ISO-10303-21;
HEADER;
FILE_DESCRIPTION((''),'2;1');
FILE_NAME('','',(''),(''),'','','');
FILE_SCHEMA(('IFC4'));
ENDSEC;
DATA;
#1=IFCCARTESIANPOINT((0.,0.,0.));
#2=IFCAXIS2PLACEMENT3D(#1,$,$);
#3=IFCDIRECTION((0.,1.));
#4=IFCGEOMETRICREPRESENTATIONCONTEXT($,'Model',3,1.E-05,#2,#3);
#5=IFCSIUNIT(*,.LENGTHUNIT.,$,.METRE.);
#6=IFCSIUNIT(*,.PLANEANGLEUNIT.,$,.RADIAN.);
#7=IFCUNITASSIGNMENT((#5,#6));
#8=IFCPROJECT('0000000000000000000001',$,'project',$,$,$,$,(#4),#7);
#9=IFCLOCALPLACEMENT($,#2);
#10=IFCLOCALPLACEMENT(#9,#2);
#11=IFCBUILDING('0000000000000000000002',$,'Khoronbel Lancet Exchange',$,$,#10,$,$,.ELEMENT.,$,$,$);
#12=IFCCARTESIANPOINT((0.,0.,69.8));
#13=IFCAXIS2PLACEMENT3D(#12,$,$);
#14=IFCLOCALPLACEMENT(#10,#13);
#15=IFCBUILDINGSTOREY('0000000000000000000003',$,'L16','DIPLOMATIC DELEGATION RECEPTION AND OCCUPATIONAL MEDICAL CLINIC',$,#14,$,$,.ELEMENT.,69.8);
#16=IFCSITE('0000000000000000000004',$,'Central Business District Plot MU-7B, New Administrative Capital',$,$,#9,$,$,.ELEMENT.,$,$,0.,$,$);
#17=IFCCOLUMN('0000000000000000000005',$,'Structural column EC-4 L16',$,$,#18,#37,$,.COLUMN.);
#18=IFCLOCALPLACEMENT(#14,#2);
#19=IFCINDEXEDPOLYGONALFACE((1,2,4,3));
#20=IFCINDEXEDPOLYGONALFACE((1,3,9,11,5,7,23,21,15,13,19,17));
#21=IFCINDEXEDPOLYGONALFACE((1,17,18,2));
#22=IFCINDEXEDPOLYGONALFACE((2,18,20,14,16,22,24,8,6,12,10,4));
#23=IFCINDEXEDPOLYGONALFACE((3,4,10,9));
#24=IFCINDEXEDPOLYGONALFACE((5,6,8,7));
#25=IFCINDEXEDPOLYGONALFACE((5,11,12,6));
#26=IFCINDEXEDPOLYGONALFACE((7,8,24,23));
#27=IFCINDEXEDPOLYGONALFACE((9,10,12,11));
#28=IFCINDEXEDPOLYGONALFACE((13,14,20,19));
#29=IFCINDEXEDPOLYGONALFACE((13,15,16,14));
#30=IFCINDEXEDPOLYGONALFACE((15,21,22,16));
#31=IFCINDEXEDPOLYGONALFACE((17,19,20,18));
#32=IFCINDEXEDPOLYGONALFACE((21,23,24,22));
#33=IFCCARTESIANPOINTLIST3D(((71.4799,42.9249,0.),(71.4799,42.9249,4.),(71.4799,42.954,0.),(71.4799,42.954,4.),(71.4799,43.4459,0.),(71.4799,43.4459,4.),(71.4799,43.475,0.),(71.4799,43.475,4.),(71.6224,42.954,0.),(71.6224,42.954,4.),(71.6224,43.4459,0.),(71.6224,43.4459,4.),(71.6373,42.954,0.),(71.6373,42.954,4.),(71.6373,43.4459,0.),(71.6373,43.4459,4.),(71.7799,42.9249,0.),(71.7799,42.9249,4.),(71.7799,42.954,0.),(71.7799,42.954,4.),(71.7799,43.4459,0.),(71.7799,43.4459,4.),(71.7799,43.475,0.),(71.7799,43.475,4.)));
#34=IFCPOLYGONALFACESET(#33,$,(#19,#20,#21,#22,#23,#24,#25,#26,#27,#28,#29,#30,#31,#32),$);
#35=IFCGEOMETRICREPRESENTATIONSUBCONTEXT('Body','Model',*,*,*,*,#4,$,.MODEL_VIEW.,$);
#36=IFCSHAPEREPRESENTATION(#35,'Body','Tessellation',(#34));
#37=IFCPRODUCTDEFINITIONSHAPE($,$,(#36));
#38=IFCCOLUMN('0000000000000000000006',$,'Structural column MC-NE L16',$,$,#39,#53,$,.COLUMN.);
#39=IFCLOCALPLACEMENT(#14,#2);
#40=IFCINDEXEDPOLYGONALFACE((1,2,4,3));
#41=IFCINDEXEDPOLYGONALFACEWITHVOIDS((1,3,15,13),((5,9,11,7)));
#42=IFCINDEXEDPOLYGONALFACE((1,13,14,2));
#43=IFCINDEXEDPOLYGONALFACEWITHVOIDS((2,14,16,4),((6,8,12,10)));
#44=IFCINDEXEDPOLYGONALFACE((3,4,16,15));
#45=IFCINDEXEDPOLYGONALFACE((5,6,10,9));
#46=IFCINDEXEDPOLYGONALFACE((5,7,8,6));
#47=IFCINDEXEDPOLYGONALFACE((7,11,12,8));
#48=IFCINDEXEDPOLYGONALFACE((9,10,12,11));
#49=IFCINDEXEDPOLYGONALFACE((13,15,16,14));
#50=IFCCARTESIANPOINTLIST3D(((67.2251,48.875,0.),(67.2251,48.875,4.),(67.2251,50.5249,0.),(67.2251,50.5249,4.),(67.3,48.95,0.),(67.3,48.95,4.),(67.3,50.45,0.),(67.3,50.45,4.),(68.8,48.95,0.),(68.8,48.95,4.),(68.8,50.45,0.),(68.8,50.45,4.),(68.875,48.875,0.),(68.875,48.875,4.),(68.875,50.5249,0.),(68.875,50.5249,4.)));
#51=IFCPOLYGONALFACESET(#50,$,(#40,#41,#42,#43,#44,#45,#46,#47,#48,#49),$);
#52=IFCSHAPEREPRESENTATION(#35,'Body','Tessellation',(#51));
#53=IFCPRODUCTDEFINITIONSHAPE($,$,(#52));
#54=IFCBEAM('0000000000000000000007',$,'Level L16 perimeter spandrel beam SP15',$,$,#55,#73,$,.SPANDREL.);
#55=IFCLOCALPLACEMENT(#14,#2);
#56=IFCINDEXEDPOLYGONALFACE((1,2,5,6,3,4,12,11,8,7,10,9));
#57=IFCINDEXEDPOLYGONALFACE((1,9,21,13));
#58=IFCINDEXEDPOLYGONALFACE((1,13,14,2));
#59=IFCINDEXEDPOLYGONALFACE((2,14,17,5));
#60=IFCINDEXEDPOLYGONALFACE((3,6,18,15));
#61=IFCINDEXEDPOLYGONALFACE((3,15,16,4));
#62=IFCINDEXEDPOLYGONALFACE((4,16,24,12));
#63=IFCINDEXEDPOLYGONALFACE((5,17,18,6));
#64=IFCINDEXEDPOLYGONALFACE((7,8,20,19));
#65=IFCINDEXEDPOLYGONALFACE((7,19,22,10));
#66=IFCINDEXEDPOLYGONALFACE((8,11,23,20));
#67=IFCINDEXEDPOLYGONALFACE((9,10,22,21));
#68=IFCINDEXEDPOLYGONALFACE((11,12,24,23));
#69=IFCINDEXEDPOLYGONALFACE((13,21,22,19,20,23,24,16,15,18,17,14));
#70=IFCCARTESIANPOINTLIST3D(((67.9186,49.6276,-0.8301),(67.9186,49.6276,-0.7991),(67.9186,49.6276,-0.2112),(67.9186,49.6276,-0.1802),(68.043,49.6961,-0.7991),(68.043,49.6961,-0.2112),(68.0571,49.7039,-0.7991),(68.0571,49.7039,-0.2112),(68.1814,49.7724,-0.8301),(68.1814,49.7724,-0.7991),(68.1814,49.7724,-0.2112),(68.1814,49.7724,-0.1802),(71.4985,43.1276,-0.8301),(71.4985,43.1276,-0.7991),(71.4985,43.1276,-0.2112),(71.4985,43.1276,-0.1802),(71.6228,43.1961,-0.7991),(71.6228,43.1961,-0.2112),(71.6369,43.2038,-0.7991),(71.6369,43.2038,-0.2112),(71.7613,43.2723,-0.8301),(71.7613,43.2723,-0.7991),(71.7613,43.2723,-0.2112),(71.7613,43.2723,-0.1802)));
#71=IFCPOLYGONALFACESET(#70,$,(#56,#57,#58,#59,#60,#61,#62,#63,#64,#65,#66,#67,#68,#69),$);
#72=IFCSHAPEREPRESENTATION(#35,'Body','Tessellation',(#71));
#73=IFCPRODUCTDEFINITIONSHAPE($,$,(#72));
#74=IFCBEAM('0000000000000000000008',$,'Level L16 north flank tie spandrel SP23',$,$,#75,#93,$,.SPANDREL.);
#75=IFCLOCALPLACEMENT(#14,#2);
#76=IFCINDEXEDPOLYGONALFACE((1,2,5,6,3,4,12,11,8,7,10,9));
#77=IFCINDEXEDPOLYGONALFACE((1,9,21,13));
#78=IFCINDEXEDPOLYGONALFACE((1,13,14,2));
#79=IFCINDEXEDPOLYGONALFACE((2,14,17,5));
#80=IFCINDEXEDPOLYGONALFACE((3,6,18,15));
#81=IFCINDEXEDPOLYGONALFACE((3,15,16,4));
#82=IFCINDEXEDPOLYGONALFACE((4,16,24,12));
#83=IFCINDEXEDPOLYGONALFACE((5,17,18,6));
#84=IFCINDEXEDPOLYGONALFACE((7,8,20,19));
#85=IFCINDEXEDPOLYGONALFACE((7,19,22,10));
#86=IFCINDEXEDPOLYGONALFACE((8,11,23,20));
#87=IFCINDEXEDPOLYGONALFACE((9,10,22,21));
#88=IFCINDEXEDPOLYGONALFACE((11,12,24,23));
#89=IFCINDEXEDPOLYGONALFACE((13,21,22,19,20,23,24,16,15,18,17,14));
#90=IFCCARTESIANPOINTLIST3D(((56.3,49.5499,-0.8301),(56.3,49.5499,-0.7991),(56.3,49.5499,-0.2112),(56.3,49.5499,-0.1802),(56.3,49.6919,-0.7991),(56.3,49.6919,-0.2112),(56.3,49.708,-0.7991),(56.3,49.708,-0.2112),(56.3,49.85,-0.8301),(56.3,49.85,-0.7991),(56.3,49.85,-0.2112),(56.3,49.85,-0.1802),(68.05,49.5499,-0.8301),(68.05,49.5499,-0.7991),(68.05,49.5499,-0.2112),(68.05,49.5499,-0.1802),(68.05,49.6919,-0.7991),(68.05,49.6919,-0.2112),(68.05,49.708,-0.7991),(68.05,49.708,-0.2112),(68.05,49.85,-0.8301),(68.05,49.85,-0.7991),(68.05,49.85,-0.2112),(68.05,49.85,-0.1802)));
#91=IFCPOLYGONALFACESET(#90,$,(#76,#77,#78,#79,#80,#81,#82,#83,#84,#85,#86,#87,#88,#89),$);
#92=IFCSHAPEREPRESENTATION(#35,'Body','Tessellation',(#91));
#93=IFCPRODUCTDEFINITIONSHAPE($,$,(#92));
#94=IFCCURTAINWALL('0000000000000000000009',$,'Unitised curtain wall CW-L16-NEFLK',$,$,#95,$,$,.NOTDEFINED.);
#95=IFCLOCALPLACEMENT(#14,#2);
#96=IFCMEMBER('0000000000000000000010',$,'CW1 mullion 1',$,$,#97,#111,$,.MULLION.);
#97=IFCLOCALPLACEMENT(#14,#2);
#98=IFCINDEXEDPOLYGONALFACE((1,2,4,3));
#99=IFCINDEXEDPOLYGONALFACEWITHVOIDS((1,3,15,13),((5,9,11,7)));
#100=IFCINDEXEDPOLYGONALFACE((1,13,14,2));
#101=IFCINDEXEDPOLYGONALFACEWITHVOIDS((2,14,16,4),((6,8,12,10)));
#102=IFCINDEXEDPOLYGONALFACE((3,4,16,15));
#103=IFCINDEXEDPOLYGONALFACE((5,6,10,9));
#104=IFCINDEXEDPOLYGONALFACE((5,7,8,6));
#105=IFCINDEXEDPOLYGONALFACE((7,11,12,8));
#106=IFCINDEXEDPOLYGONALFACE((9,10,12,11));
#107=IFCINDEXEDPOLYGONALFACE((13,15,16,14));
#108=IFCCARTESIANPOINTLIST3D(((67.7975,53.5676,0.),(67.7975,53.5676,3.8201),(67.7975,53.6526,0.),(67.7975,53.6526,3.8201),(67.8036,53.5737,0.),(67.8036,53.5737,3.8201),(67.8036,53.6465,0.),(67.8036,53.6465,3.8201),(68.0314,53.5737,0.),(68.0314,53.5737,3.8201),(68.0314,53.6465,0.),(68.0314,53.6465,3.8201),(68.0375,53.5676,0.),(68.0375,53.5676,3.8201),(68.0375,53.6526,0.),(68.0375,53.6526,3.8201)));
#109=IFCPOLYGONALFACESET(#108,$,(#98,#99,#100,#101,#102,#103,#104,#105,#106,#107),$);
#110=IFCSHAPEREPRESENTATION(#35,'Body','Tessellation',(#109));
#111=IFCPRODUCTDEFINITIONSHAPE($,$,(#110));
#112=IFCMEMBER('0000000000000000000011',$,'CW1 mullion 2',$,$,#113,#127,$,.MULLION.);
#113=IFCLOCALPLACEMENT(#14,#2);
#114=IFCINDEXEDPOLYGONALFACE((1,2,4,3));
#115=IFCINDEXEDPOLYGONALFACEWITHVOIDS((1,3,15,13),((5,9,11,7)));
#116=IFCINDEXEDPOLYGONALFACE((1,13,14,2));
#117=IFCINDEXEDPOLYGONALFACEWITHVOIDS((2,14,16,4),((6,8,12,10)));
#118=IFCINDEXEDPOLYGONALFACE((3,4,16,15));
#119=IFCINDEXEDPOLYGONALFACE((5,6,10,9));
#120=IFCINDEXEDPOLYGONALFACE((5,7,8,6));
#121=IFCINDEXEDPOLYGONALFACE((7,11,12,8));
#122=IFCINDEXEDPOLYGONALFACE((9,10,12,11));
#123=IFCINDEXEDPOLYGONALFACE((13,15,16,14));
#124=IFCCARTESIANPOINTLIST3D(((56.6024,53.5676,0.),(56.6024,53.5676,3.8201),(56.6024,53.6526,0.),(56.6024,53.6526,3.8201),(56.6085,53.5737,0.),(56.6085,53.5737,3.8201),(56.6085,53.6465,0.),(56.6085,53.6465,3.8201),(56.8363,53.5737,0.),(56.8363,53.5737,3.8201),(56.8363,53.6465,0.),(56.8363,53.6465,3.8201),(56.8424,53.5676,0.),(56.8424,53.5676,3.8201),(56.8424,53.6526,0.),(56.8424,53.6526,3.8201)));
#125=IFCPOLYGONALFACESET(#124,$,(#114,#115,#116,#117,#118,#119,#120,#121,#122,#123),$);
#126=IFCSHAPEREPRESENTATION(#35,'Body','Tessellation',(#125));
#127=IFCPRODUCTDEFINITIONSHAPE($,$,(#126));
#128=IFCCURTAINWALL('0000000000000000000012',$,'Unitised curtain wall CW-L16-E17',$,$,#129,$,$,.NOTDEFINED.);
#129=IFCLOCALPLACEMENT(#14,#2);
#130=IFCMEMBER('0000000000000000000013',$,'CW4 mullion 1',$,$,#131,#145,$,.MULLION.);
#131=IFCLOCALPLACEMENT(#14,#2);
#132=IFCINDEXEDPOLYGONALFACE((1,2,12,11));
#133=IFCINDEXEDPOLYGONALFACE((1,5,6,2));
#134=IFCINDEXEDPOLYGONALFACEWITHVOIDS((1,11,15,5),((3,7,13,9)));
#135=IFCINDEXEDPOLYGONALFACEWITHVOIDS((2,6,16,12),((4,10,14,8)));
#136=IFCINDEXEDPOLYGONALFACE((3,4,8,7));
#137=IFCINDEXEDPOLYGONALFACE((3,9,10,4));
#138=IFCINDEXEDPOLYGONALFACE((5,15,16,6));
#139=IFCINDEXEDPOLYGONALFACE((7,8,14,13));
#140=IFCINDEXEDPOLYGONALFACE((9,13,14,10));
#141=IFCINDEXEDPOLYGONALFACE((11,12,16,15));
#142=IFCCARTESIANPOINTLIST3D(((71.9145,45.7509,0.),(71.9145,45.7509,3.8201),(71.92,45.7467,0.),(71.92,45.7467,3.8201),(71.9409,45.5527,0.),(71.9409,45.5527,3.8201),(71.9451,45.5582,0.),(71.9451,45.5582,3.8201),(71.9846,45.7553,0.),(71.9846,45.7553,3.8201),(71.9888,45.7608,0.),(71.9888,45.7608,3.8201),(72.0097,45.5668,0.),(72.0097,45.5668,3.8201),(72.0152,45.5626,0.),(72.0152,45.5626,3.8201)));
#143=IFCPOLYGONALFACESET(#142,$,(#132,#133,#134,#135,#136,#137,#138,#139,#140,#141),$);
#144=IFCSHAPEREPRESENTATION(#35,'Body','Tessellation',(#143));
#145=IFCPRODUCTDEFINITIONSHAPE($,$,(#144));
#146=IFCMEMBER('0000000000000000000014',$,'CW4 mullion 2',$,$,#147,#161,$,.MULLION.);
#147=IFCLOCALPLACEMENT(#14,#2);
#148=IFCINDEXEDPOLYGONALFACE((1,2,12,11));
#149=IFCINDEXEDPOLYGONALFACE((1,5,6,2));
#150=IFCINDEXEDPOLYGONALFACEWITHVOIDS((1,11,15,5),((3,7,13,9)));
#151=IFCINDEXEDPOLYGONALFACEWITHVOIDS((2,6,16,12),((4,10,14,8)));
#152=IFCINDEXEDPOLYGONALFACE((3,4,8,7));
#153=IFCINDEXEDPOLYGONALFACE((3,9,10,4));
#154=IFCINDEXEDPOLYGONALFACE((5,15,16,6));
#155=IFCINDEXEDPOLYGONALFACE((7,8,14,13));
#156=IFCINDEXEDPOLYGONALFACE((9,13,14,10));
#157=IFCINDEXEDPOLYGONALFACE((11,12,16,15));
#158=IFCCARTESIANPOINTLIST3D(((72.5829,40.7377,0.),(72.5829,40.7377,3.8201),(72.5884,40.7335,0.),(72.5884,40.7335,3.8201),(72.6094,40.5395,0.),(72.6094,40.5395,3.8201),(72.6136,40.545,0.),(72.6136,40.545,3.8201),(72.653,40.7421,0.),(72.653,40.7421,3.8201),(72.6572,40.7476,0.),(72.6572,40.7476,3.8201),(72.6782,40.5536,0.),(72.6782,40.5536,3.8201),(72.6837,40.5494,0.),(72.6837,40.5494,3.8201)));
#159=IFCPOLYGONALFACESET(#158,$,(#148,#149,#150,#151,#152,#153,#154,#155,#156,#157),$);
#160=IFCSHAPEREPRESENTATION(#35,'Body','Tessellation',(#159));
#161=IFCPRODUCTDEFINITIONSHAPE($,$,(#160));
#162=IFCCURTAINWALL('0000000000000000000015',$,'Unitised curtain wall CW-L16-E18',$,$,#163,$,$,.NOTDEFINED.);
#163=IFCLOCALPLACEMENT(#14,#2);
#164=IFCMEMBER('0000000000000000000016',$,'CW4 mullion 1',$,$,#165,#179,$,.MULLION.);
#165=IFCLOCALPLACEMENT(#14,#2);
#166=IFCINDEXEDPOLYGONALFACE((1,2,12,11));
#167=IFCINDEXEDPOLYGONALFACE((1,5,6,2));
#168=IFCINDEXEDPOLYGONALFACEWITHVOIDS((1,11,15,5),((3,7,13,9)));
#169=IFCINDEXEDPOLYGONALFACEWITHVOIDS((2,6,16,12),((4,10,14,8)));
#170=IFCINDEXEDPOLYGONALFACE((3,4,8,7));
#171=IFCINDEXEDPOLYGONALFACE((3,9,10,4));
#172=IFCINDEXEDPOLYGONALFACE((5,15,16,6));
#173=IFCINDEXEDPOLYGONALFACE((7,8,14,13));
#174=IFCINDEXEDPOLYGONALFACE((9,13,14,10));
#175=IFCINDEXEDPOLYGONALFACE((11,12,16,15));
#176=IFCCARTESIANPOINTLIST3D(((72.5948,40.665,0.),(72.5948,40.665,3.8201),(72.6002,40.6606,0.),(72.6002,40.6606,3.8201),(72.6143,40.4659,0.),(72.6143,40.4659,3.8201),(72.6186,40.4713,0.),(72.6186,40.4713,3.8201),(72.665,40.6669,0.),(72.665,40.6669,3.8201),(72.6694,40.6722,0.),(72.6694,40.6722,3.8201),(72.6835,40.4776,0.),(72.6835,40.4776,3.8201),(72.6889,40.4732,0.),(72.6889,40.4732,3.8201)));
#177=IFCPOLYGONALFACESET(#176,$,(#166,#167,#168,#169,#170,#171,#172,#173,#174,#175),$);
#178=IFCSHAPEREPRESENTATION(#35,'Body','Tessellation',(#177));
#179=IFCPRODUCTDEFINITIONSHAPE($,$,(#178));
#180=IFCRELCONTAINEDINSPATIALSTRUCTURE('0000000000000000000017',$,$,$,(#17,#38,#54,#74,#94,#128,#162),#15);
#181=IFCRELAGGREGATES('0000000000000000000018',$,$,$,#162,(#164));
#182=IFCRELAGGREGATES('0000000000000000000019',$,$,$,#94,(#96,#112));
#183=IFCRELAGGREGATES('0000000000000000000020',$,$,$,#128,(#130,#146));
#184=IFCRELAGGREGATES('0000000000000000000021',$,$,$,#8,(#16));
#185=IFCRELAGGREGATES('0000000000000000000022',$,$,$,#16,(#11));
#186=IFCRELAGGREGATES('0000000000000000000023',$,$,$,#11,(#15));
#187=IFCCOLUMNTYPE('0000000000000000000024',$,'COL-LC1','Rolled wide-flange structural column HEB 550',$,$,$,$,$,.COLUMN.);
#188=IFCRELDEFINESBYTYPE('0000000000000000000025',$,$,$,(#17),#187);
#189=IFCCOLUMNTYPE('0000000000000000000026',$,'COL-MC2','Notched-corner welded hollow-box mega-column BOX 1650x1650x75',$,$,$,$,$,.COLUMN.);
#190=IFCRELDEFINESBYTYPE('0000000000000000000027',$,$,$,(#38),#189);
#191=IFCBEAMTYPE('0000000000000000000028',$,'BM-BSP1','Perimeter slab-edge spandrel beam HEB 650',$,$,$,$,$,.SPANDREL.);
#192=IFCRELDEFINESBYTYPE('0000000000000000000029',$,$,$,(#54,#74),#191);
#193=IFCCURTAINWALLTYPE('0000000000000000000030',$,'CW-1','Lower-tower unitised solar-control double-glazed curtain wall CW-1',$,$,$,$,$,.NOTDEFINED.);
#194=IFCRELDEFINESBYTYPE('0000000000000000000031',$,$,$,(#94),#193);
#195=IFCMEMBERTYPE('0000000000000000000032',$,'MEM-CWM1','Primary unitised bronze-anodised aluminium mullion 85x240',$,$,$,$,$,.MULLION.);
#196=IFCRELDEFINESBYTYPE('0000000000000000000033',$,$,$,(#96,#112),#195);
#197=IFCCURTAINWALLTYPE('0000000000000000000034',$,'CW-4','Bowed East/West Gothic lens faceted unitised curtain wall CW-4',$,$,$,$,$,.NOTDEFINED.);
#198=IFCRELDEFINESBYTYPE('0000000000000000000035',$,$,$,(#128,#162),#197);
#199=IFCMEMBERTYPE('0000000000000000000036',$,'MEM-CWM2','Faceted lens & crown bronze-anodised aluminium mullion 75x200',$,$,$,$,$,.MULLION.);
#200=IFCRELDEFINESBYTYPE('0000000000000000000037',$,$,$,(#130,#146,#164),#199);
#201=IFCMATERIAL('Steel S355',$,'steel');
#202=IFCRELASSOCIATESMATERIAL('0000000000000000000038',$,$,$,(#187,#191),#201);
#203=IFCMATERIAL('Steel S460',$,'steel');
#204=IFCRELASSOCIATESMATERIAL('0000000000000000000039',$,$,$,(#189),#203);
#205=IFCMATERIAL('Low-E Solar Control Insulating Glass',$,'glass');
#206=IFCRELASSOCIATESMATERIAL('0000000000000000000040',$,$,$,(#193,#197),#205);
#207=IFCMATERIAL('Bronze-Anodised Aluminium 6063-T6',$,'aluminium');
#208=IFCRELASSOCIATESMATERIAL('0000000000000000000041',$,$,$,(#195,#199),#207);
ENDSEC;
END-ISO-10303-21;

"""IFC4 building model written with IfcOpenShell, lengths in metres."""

from ifc_helpers import new_model, si_unit, direction, frame, origin, origin_2d, place, context, subcontext, project, spatial, hollow_rectangle, i_section, extrude, material, material_profile, profile_set, type_object, element, aggregate, save


model = new_model("IFC4")

# Units and contexts
model_context = context("Model", 3, precision=1e-05, world=origin(), true_north=direction((0.0, 1.0)))
body_context = subcontext(model_context, "Body", "Model", "MODEL_VIEW")
ifc_project = project(units=[si_unit("LENGTHUNIT", "METRE"), si_unit("PLANEANGLEUNIT", "RADIAN")], contexts=[model_context])

# Site, building, storey
site_placement = place(None, origin())
site = spatial("IfcSite", under=ifc_project, at=site_placement, Name="Central Business District Plot MU-7B, New Administrative Capital", CompositionType="ELEMENT", RefElevation=0.0)
building_placement = place(site_placement, origin())
building = spatial("IfcBuilding", under=site, at=building_placement, Name="Khoronbel Lancet Exchange", CompositionType="ELEMENT")
storey_placement = place(building_placement, frame((0.0, 0.0, 69.8)))
storey = spatial("IfcBuildingStorey", under=building, at=storey_placement, Name="L16", Description="DIPLOMATIC DELEGATION RECEPTION AND OCCUPATIONAL MEDICAL CLINIC", CompositionType="ELEMENT", Elevation=69.8)

# Columns
ifc_material_1 = material(Name="Steel S355", Category="steel")
ifc_material_profile_1 = material_profile(ifc_material_1, i_section(OverallWidth=0.3, OverallDepth=0.55, WebThickness=0.0149, FlangeThickness=0.0291, at=origin_2d()), Name="HEB 550")
ifc_profile_set_1 = profile_set([ifc_material_profile_1], Name="Steel S355")
column_type_1 = type_object("IfcColumnType", Name="COL-LC1", Description="Rolled wide-flange structural column HEB 550", PredefinedType="COLUMN", material=ifc_profile_set_1)
column_1_placement = place(storey_placement, frame((71.6299, 43.2, 0.0), z_axis=(0.0, 0.0, 1.0), x_axis=(1.0, 0.0, 0.0)))
element("IfcColumn", 1, at=column_1_placement, inside=storey, type_object=column_type_1, Name="Structural column EC-4 L16", PredefinedType="COLUMN", context=body_context, shape_type="SweptSolid", body=[
    extrude(i_section(OverallWidth=0.3, OverallDepth=0.55, WebThickness=0.0149, FlangeThickness=0.0291, at=origin_2d()), origin(), (0.0, 0.0, 1.0), 4.0),
])
ifc_material_2 = material(Name="Steel S460", Category="steel")
ifc_material_profile_2 = material_profile(ifc_material_2, hollow_rectangle(XDim=1.6499, YDim=1.6499, WallThickness=0.075, at=origin_2d()), Name="BOX 1650x1650x75")
ifc_profile_set_2 = profile_set([ifc_material_profile_2], Name="Steel S460")
column_type_2 = type_object("IfcColumnType", Name="COL-MC2", Description="Notched-corner welded hollow-box mega-column BOX 1650x1650x75", PredefinedType="COLUMN", material=ifc_profile_set_2)
column_2_placement = place(storey_placement, frame((68.05, 49.7, 0.0), z_axis=(0.0, 0.0, 1.0), x_axis=(1.0, 0.0, 0.0)))
element("IfcColumn", 2, at=column_2_placement, inside=storey, type_object=column_type_2, Name="Structural column MC-NE L16", PredefinedType="COLUMN", context=body_context, shape_type="SweptSolid", body=[
    extrude(hollow_rectangle(XDim=1.6499, YDim=1.6499, WallThickness=0.075, at=origin_2d()), origin(), (0.0, 0.0, 1.0), 4.0),
])

# Beams
ifc_material_profile_3 = material_profile(ifc_material_1, i_section(OverallWidth=0.3, OverallDepth=0.6499, WebThickness=0.0161, FlangeThickness=0.031, at=origin_2d()), Name="HEB 650")
ifc_profile_set_3 = profile_set([ifc_material_profile_3], Name="Steel S355")
beam_type = type_object("IfcBeamType", Name="BM-BSP1", Description="Perimeter slab-edge spandrel beam HEB 650", PredefinedType="SPANDREL", material=ifc_profile_set_3)
beam_1_placement = place(storey_placement, frame((71.6299, 43.2, -0.5051), z_axis=(-0.482419, 0.875941, 0.0), x_axis=(-0.875941, -0.482419, 0.0)))
element("IfcBeam", 3, at=beam_1_placement, inside=storey, type_object=beam_type, Name="Level L16 perimeter spandrel beam SP15", PredefinedType="SPANDREL", context=body_context, shape_type="SweptSolid", body=[
    extrude(i_section(OverallWidth=0.3, OverallDepth=0.6499, WebThickness=0.0161, FlangeThickness=0.031, at=origin_2d()), origin(), (0.0, 0.0, 1.0), 7.4207),
])
beam_2_placement = place(storey_placement, frame((68.05, 49.7, -0.5051), z_axis=(-1.0, 0.0, 0.0), x_axis=(0.0, -1.0, 0.0)))
element("IfcBeam", 4, at=beam_2_placement, inside=storey, type_object=beam_type, Name="Level L16 north flank tie spandrel SP23", PredefinedType="SPANDREL", context=body_context, shape_type="SweptSolid", body=[
    extrude(i_section(OverallWidth=0.3, OverallDepth=0.6499, WebThickness=0.0161, FlangeThickness=0.031, at=origin_2d()), origin(), (0.0, 0.0, 1.0), 11.75),
])

# Curtain walls, members
ifc_material_3 = material(Name="Low-E Solar Control Insulating Glass", Category="glass")
curtain_wall_type_1 = type_object("IfcCurtainWallType", Name="CW-1", Description="Lower-tower unitised solar-control double-glazed curtain wall CW-1", PredefinedType="NOTDEFINED", material=ifc_material_3)
curtain_wall_1_placement = place(storey_placement, origin())
curtain_wall_1 = element("IfcCurtainWall", 5, at=curtain_wall_1_placement, inside=storey, type_object=curtain_wall_type_1, Name="Unitised curtain wall CW-L16-NEFLK", PredefinedType="NOTDEFINED")
ifc_material_4 = material(Name="Bronze-Anodised Aluminium 6063-T6", Category="aluminium")
ifc_material_profile_4 = material_profile(ifc_material_4, hollow_rectangle(XDim=0.085, YDim=0.24, WallThickness=0.0061, at=origin_2d()), Name="ALU MULLION 85x240")
ifc_profile_set_4 = profile_set([ifc_material_profile_4], Name="Bronze-Anodised Aluminium 6063-T6")
member_type_1 = type_object("IfcMemberType", Name="MEM-CWM1", Description="Primary unitised bronze-anodised aluminium mullion 85x240", PredefinedType="MULLION", material=ifc_profile_set_4)
member_1_placement = place(storey_placement, frame((67.9175, 53.6101, 0.0), z_axis=(0.0, 0.0, 1.0), x_axis=(0.0, -1.0, 0.0)))
member_1 = element("IfcMember", 6, at=member_1_placement, type_object=member_type_1, Name="CW1 mullion 1", PredefinedType="MULLION", context=body_context, shape_type="SweptSolid", body=[
    extrude(hollow_rectangle(XDim=0.085, YDim=0.24, WallThickness=0.0061, at=origin_2d()), origin(), (0.0, 0.0, 1.0), 3.8201),
])
member_2_placement = place(storey_placement, frame((56.7224, 53.6101, 0.0), z_axis=(0.0, 0.0, 1.0), x_axis=(0.0, -1.0, 0.0)))
member_2 = element("IfcMember", 7, at=member_2_placement, type_object=member_type_1, Name="CW1 mullion 2", PredefinedType="MULLION", context=body_context, shape_type="SweptSolid", body=[
    extrude(hollow_rectangle(XDim=0.085, YDim=0.24, WallThickness=0.0061, at=origin_2d()), origin(), (0.0, 0.0, 1.0), 3.8201),
])
curtain_wall_type_2 = type_object("IfcCurtainWallType", Name="CW-4", Description="Bowed East/West Gothic lens faceted unitised curtain wall CW-4", PredefinedType="NOTDEFINED", material=ifc_material_3)
curtain_wall_2_placement = place(storey_placement, origin())
curtain_wall_2 = element("IfcCurtainWall", 8, at=curtain_wall_2_placement, inside=storey, type_object=curtain_wall_type_2, Name="Unitised curtain wall CW-L16-E17", PredefinedType="NOTDEFINED")
ifc_material_profile_5 = material_profile(ifc_material_4, hollow_rectangle(XDim=0.075, YDim=0.2, WallThickness=0.0049, at=origin_2d()), Name="ALU MULLION 75x200")
ifc_profile_set_5 = profile_set([ifc_material_profile_5], Name="Bronze-Anodised Aluminium 6063-T6")
member_type_2 = type_object("IfcMemberType", Name="MEM-CWM2", Description="Faceted lens & crown bronze-anodised aluminium mullion 75x200", PredefinedType="MULLION", material=ifc_profile_set_5)
member_3_placement = place(storey_placement, frame((71.9648, 45.6567, 0.0), z_axis=(0.0, 0.0, 1.0), x_axis=(0.991229, 0.132155, 0.0)))
member_3 = element("IfcMember", 9, at=member_3_placement, type_object=member_type_2, Name="CW4 mullion 1", PredefinedType="MULLION", context=body_context, shape_type="SweptSolid", body=[
    extrude(hollow_rectangle(XDim=0.075, YDim=0.2, WallThickness=0.0049, at=origin_2d()), origin(), (0.0, 0.0, 1.0), 3.8201),
])
member_4_placement = place(storey_placement, frame((72.6333, 40.6436, 0.0), z_axis=(0.0, 0.0, 1.0), x_axis=(0.991229, 0.132155, 0.0)))
member_4 = element("IfcMember", 10, at=member_4_placement, type_object=member_type_2, Name="CW4 mullion 2", PredefinedType="MULLION", context=body_context, shape_type="SweptSolid", body=[
    extrude(hollow_rectangle(XDim=0.075, YDim=0.2, WallThickness=0.0049, at=origin_2d()), origin(), (0.0, 0.0, 1.0), 3.8201),
])

# Curtain wall, member
curtain_wall_3_placement = place(storey_placement, origin())
curtain_wall_3 = element("IfcCurtainWall", 11, at=curtain_wall_3_placement, inside=storey, type_object=curtain_wall_type_2, Name="Unitised curtain wall CW-L16-E18", PredefinedType="NOTDEFINED")
member_5_placement = place(storey_placement, frame((72.6418, 40.5691, 0.0), z_axis=(0.0, 0.0, 1.0), x_axis=(0.995271, 0.097135, 0.0)))
member_5 = element("IfcMember", 12, at=member_5_placement, type_object=member_type_2, Name="CW4 mullion 1", PredefinedType="MULLION", context=body_context, shape_type="SweptSolid", body=[
    extrude(hollow_rectangle(XDim=0.075, YDim=0.2, WallThickness=0.0049, at=origin_2d()), origin(), (0.0, 0.0, 1.0), 3.8201),
])

aggregate(curtain_wall_3, [member_5])

aggregate(curtain_wall_1, [member_1, member_2])
aggregate(curtain_wall_2, [member_3, member_4])

save(model, "model.ifc")
